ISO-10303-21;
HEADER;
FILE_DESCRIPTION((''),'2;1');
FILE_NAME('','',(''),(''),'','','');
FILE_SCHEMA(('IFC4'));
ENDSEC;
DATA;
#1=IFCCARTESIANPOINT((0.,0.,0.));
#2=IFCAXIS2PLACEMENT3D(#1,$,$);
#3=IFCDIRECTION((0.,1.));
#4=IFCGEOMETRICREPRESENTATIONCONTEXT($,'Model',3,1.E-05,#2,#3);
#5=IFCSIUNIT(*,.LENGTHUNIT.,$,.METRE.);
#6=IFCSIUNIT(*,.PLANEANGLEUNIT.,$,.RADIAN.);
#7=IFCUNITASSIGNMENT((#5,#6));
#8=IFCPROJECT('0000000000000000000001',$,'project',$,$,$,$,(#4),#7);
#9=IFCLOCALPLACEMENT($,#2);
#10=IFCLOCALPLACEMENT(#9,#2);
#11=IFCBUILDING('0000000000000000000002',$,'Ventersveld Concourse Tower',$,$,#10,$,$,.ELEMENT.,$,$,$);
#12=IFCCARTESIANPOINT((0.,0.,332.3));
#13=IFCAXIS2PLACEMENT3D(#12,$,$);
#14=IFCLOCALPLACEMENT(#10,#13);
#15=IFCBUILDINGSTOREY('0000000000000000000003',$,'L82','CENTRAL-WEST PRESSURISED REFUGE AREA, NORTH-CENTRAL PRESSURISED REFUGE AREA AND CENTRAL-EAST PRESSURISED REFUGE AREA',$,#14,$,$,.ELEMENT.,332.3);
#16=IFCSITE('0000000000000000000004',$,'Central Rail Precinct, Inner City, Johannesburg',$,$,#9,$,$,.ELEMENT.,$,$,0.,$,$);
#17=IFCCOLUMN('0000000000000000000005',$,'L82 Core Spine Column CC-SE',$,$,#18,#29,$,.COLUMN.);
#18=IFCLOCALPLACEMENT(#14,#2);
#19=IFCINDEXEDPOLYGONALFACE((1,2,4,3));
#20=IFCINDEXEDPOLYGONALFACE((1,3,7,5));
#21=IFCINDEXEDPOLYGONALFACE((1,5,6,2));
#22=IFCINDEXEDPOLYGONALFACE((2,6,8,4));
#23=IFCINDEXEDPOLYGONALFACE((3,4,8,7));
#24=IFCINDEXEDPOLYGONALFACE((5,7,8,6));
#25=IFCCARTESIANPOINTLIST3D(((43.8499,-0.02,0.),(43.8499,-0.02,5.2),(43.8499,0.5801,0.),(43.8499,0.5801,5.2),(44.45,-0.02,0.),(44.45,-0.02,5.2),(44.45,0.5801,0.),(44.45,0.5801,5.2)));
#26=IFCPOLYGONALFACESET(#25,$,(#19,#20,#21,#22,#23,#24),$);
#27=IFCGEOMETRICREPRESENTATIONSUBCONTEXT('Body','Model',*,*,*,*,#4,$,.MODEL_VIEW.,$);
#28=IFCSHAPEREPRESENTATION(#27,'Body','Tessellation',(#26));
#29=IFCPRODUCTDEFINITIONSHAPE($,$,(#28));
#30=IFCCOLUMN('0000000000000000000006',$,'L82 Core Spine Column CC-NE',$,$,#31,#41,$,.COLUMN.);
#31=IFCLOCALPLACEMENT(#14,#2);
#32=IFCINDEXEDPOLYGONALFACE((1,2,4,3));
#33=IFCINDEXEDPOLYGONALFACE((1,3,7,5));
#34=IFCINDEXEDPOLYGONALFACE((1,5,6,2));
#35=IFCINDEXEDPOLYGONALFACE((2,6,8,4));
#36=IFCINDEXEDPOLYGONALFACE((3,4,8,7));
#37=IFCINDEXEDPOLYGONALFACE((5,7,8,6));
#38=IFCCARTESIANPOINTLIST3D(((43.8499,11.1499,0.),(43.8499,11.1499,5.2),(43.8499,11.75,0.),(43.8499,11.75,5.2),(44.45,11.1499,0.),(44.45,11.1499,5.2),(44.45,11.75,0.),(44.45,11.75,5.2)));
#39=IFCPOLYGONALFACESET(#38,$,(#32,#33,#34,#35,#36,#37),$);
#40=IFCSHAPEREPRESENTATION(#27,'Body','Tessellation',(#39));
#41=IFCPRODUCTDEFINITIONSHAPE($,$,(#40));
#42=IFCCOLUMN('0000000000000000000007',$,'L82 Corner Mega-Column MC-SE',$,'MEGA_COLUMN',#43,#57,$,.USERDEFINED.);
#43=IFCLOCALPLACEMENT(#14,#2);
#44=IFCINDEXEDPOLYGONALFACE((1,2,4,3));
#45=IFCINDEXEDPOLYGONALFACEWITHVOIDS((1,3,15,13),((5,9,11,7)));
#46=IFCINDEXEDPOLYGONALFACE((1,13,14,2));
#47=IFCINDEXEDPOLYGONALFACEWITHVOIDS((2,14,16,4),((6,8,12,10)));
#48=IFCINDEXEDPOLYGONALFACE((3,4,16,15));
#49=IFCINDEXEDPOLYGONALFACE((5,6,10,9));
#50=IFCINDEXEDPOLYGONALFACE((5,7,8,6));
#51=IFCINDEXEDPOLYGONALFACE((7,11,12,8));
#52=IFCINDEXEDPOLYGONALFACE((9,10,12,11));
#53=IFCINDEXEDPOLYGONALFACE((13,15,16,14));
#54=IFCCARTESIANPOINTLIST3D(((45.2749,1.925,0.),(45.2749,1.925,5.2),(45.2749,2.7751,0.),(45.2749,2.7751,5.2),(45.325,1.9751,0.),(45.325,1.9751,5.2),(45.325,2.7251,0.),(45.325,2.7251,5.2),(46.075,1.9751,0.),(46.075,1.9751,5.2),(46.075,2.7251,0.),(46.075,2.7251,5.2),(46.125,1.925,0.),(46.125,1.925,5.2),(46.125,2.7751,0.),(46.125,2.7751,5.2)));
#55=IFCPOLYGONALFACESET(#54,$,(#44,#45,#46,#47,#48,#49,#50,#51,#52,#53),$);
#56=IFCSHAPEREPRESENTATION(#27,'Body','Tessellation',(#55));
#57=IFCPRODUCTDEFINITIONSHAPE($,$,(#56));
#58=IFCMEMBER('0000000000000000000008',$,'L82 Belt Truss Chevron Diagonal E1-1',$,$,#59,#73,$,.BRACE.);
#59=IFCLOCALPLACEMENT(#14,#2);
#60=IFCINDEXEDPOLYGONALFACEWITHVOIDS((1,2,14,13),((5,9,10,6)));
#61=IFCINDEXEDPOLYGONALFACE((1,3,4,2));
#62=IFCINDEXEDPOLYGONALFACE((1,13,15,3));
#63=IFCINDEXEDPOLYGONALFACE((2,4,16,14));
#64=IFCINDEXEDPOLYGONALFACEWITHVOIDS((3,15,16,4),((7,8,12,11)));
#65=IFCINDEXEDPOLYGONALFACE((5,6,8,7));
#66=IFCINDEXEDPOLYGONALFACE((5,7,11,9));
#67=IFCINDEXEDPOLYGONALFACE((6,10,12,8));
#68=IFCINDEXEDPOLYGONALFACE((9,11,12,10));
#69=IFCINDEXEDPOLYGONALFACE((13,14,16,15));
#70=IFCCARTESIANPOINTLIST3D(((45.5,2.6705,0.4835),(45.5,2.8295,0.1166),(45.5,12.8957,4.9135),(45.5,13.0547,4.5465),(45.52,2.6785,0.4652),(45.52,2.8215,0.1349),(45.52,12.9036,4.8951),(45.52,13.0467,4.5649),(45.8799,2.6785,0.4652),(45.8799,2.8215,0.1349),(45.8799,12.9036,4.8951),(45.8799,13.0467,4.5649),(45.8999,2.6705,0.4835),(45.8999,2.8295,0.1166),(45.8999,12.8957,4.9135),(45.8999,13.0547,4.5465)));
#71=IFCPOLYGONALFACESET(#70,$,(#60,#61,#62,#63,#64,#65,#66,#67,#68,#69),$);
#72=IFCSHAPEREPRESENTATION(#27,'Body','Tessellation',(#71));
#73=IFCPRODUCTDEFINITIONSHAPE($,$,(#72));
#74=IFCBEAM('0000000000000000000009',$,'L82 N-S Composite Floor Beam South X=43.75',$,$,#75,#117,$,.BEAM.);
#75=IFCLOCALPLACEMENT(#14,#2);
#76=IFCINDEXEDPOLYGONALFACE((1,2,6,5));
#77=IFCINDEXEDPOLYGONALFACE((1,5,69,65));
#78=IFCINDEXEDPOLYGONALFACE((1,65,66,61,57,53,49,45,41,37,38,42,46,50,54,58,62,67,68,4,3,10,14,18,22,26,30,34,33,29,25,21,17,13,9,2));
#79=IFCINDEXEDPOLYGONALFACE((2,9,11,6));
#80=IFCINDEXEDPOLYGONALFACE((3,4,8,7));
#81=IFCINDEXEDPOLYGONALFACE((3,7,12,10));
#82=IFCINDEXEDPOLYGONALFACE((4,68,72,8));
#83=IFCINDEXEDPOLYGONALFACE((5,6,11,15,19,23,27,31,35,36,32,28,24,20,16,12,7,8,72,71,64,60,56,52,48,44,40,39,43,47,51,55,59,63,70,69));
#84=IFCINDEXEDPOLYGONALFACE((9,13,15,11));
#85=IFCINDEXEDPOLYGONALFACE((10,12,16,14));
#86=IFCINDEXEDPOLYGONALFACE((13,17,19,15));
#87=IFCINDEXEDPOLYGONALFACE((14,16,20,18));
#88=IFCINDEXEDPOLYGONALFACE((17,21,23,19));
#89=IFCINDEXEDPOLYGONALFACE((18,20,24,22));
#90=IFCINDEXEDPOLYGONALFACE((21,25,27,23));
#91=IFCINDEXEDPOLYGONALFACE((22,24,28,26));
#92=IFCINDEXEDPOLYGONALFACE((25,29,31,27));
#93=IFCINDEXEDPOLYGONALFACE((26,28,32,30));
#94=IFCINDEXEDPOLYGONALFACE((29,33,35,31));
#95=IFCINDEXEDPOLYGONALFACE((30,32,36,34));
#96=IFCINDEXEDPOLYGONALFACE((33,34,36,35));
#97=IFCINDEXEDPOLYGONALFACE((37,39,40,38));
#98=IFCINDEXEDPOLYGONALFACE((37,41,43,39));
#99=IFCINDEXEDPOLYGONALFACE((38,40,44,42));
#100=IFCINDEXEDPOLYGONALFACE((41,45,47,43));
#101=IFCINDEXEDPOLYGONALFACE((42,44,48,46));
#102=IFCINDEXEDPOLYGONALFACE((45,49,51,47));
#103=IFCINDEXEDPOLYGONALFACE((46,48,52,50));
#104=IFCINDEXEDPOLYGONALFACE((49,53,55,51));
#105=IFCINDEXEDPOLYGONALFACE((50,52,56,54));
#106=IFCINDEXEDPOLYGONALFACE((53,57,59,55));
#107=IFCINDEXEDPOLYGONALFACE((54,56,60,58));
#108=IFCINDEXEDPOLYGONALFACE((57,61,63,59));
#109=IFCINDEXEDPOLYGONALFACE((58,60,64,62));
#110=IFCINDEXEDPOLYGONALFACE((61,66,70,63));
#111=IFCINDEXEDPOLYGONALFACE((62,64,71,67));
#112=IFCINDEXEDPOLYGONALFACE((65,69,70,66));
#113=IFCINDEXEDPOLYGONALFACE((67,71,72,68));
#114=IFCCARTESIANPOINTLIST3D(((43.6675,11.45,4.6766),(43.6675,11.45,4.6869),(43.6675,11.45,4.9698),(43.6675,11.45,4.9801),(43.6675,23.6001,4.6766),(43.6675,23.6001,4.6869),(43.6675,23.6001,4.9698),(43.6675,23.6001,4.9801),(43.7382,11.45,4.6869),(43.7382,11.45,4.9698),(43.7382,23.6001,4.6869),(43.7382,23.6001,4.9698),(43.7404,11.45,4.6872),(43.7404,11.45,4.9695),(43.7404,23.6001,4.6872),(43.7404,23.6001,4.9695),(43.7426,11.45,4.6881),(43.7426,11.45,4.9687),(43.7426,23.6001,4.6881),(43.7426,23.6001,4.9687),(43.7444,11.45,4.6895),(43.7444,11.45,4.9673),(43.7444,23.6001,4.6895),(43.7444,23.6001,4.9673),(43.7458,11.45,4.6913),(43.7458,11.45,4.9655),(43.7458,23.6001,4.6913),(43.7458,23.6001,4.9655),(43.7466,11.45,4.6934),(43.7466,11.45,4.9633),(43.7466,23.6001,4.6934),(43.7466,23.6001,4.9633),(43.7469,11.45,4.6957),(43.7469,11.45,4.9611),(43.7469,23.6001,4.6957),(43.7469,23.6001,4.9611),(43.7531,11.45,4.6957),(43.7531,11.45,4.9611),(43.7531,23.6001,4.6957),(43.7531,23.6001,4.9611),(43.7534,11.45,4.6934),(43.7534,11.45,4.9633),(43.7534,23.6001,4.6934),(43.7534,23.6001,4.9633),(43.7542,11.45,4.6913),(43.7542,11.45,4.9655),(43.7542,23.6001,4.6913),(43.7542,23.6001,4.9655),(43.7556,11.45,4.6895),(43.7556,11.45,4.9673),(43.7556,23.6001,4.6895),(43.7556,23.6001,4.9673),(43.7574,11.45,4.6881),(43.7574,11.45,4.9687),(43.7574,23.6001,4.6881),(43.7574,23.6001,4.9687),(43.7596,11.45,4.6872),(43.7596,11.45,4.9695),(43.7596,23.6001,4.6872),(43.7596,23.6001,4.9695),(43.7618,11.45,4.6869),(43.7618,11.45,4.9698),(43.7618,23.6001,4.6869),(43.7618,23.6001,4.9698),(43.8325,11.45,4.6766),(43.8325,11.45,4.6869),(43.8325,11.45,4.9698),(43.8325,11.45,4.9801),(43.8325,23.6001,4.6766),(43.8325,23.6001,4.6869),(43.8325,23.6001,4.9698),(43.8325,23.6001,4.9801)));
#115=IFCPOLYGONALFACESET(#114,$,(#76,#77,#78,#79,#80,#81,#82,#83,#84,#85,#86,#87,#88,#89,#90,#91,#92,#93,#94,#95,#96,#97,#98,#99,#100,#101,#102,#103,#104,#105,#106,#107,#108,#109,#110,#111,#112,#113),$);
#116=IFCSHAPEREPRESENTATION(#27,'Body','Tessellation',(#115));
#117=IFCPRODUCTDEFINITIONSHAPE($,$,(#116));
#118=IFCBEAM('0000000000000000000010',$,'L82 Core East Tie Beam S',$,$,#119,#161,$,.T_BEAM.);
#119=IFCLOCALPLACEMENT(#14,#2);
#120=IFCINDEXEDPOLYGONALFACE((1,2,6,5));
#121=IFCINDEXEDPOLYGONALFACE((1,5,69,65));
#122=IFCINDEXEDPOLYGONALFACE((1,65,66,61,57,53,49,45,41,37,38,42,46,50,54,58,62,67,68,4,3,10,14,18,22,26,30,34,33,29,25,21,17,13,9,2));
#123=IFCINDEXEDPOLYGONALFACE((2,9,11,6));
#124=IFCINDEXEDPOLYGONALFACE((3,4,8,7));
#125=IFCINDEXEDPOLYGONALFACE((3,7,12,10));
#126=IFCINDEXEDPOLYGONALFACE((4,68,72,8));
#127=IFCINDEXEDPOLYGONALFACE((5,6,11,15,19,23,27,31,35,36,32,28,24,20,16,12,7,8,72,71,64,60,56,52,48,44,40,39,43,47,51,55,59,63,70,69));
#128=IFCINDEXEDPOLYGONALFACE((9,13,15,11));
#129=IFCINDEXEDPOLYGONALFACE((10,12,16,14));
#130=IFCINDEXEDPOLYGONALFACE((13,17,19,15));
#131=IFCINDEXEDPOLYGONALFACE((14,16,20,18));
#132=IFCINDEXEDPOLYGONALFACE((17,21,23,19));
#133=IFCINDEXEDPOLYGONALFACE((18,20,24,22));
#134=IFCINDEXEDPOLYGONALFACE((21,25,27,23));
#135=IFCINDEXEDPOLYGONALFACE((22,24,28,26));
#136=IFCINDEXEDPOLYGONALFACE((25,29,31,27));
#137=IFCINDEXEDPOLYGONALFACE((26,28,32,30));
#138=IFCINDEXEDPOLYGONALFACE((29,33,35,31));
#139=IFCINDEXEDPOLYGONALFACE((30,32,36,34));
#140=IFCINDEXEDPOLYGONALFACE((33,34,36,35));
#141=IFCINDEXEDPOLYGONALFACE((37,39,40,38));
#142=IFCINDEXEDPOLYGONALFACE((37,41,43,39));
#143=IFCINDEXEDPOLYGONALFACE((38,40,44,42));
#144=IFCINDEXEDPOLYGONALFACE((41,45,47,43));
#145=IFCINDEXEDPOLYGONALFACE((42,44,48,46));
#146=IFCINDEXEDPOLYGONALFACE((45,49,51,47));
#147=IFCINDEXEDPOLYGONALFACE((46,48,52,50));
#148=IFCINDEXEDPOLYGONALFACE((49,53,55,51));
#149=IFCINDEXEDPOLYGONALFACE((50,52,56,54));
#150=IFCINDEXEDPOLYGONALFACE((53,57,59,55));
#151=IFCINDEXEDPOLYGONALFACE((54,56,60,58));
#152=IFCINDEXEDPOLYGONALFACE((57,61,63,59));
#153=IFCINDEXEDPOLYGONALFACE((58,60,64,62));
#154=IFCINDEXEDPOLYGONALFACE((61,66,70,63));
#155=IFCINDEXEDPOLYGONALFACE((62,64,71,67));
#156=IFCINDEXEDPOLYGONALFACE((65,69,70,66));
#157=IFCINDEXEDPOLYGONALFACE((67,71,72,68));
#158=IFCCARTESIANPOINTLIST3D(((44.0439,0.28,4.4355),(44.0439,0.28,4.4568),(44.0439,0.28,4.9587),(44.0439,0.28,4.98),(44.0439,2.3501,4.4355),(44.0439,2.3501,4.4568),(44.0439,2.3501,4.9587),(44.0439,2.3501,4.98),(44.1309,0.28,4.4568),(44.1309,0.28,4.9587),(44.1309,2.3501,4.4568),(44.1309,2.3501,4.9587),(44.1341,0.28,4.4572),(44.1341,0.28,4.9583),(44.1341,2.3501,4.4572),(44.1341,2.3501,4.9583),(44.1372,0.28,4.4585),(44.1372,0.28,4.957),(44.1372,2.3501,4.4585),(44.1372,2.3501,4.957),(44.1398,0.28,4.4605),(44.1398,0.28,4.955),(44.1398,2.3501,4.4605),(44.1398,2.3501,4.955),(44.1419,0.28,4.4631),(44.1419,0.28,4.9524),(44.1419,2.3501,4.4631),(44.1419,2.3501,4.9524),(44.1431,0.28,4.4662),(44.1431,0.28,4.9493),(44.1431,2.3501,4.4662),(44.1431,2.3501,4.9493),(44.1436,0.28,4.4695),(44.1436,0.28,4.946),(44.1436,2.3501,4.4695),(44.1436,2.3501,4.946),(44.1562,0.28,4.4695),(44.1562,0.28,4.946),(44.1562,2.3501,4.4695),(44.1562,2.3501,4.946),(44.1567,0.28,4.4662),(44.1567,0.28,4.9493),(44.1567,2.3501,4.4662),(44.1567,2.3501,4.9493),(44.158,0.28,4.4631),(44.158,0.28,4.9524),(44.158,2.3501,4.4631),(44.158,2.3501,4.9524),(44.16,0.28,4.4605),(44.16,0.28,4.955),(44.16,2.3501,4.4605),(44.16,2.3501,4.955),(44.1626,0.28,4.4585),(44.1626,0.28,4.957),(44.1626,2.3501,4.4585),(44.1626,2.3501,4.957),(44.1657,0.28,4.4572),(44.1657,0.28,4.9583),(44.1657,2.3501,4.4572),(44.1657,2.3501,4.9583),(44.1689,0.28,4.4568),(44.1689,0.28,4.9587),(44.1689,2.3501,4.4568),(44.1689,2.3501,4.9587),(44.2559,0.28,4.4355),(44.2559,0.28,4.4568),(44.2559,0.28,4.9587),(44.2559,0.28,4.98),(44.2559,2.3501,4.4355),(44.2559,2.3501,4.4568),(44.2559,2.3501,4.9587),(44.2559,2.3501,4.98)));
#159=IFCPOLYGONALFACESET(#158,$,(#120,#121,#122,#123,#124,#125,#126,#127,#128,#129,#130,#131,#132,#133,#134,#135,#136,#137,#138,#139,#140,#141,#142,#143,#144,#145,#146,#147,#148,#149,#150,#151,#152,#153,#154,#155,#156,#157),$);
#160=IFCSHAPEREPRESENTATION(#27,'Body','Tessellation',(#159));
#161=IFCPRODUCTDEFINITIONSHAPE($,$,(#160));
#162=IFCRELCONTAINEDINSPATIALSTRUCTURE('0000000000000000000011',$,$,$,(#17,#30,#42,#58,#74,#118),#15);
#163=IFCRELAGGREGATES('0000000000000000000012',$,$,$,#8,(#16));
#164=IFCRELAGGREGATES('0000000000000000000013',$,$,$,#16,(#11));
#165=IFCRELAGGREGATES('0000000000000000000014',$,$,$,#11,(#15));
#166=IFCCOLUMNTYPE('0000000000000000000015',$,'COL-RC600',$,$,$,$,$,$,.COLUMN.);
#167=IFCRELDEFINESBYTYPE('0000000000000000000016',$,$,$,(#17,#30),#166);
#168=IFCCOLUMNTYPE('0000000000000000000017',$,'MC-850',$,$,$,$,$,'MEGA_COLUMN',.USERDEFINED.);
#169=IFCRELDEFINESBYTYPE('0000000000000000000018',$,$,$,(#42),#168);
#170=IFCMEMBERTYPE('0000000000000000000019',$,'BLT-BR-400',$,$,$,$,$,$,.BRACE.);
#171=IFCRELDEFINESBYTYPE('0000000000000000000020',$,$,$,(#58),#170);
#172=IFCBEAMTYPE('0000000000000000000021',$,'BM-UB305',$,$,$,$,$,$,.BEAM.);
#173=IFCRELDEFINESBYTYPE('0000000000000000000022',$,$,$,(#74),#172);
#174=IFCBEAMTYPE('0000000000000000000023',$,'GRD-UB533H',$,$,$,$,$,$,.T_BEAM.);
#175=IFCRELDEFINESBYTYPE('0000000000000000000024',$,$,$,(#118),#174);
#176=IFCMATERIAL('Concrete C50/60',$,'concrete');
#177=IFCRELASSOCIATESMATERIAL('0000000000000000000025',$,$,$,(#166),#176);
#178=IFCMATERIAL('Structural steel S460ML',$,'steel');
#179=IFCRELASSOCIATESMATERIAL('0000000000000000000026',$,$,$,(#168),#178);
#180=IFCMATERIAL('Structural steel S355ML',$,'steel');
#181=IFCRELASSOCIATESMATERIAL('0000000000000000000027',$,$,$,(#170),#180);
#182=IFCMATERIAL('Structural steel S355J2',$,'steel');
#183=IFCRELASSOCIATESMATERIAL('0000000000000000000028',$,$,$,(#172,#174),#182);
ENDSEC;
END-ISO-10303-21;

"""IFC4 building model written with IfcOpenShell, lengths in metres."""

from ifc_helpers import new_model, si_unit, direction, frame, origin, origin_2d, place, context, subcontext, project, spatial, rectangle, hollow_rectangle, i_section, extrude, material, material_profile, profile_set, type_object, element, save


model = new_model("IFC4")

# Units and contexts
model_context = context("Model", 3, precision=1e-05, world=origin(), true_north=direction((0.0, 1.0)))
body_context = subcontext(model_context, "Body", "Model", "MODEL_VIEW")
ifc_project = project(units=[si_unit("LENGTHUNIT", "METRE"), si_unit("PLANEANGLEUNIT", "RADIAN")], contexts=[model_context])

# Site, building, storey
site_placement = place(None, origin())
site = spatial("IfcSite", under=ifc_project, at=site_placement, Name="Central Rail Precinct, Inner City, Johannesburg", CompositionType="ELEMENT", RefElevation=0.0)
building_placement = place(site_placement, origin())
building = spatial("IfcBuilding", under=site, at=building_placement, Name="Ventersveld Concourse Tower", CompositionType="ELEMENT")
storey_placement = place(building_placement, frame((0.0, 0.0, 332.3)))
storey = spatial("IfcBuildingStorey", under=building, at=storey_placement, Name="L82", Description="CENTRAL-WEST PRESSURISED REFUGE AREA, NORTH-CENTRAL PRESSURISED REFUGE AREA AND CENTRAL-EAST PRESSURISED REFUGE AREA", CompositionType="ELEMENT", Elevation=332.3)

# Columns
ifc_material_1 = material(Name="Concrete C50/60", Category="concrete")
ifc_material_profile_1 = material_profile(ifc_material_1, rectangle(XDim=0.6001, YDim=0.6001, at=origin_2d()), Name="RC 600x600")
ifc_profile_set_1 = profile_set([ifc_material_profile_1], Name="Concrete C50/60")
column_type_1 = type_object("IfcColumnType", Name="COL-RC600", PredefinedType="COLUMN", material=ifc_profile_set_1)
for number, where, z_axis, x_axis, name in (
    (1, (44.1499, 0.28, 0.0), (0.0, 0.0, 1.0), (1.0, 0.0, 0.0), "L82 Core Spine Column CC-SE"),
    (2, (44.1499, 11.45, 0.0), (0.0, 0.0, 1.0), (1.0, 0.0, 0.0), "L82 Core Spine Column CC-NE"),
):
    element("IfcColumn", number, at=place(storey_placement, frame(where, z_axis=z_axis, x_axis=x_axis)), inside=storey, type_object=column_type_1, Name=name, PredefinedType="COLUMN", context=body_context, shape_type="SweptSolid", body=[
        extrude(rectangle(XDim=0.6001, YDim=0.6001, at=origin_2d()), origin(), (0.0, 0.0, 1.0), 5.2),
    ])
ifc_material_2 = material(Name="Structural steel S460ML", Category="steel")
ifc_material_profile_2 = material_profile(ifc_material_2, hollow_rectangle(XDim=0.8501, YDim=0.8501, WallThickness=0.05, at=origin_2d()), Name="BOX 850x850x50")
ifc_profile_set_2 = profile_set([ifc_material_profile_2], Name="Structural steel S460ML")
column_type_2 = type_object("IfcColumnType", Name="MC-850", ElementType="MEGA_COLUMN", PredefinedType="USERDEFINED", material=ifc_profile_set_2)
column_placement = place(storey_placement, frame((45.7, 2.3501, 0.0), z_axis=(0.0, 0.0, 1.0), x_axis=(1.0, 0.0, 0.0)))
element("IfcColumn", 3, at=column_placement, inside=storey, type_object=column_type_2, Name="L82 Corner Mega-Column MC-SE", ObjectType="MEGA_COLUMN", PredefinedType="USERDEFINED", context=body_context, shape_type="SweptSolid", body=[
    extrude(hollow_rectangle(XDim=0.8501, YDim=0.8501, WallThickness=0.05, at=origin_2d()), origin(), (0.0, 0.0, 1.0), 5.2),
])

# Member
ifc_material_3 = material(Name="Structural steel S355ML", Category="steel")
ifc_material_profile_3 = material_profile(ifc_material_3, hollow_rectangle(XDim=0.3999, YDim=0.3999, WallThickness=0.02, at=origin_2d()), Name="SHS 400x400x20")
ifc_profile_set_3 = profile_set([ifc_material_profile_3], Name="Structural steel S355ML")
member_type_1 = type_object("IfcMemberType", Name="BLT-BR-400", PredefinedType="BRACE", material=ifc_profile_set_3)
member_1_placement = place(storey_placement, frame((45.7, 2.75, 0.3), z_axis=(0.0, 0.917587, 0.397536), x_axis=(-1.0, 0.0, 0.0)))
element("IfcMember", 4, at=member_1_placement, inside=storey, type_object=member_type_1, Name="L82 Belt Truss Chevron Diagonal E1-1", PredefinedType="BRACE", context=body_context, shape_type="SweptSolid", body=[
    extrude(hollow_rectangle(XDim=0.3999, YDim=0.3999, WallThickness=0.02, at=origin_2d()), origin(), (0.0, 0.0, 1.0), 11.1436),
])

# Beams
ifc_material_4 = material(Name="Structural steel S355J2", Category="steel")
ifc_material_profile_4 = material_profile(ifc_material_4, i_section(OverallWidth=0.165, OverallDepth=0.3035, WebThickness=0.0061, FlangeThickness=0.0103, FilletRadius=0.0088, at=origin_2d()), Name="UB 305x165x40")
ifc_profile_set_4 = profile_set([ifc_material_profile_4], Name="Structural steel S355J2")
beam_type_1 = type_object("IfcBeamType", Name="BM-UB305", PredefinedType="BEAM", material=ifc_profile_set_4)
beam_1_placement = place(storey_placement, frame((43.75, 11.45, 4.8284), z_axis=(0.0, 1.0, 0.0), x_axis=(-1.0, 0.0, 0.0)))
element("IfcBeam", 5, at=beam_1_placement, inside=storey, type_object=beam_type_1, Name="L82 N-S Composite Floor Beam South X=43.75", PredefinedType="BEAM", context=body_context, shape_type="SweptSolid", body=[
    extrude(i_section(OverallWidth=0.165, OverallDepth=0.3035, WebThickness=0.0061, FlangeThickness=0.0103, FilletRadius=0.0088, at=origin_2d()), origin(), (0.0, 0.0, 1.0), 12.1501),
])
ifc_material_profile_5 = material_profile(ifc_material_4, i_section(OverallWidth=0.2119, OverallDepth=0.5444, WebThickness=0.0127, FlangeThickness=0.0212, FilletRadius=0.0127, at=origin_2d()), Name="UB 533x210x122")
ifc_profile_set_5 = profile_set([ifc_material_profile_5], Name="Structural steel S355J2")
beam_type_2 = type_object("IfcBeamType", Name="GRD-UB533H", PredefinedType="T_BEAM", material=ifc_profile_set_5)
beam_2_placement = place(storey_placement, frame((44.1499, 0.28, 4.7078), z_axis=(0.0, 1.0, 0.0), x_axis=(-1.0, 0.0, 0.0)))
element("IfcBeam", 6, at=beam_2_placement, inside=storey, type_object=beam_type_2, Name="L82 Core East Tie Beam S", PredefinedType="T_BEAM", context=body_context, shape_type="SweptSolid", body=[
    extrude(i_section(OverallWidth=0.2119, OverallDepth=0.5444, WebThickness=0.0127, FlangeThickness=0.0212, FilletRadius=0.0127, at=origin_2d()), origin(), (0.0, 0.0, 1.0), 2.0701),
])

save(model, "model.ifc")
